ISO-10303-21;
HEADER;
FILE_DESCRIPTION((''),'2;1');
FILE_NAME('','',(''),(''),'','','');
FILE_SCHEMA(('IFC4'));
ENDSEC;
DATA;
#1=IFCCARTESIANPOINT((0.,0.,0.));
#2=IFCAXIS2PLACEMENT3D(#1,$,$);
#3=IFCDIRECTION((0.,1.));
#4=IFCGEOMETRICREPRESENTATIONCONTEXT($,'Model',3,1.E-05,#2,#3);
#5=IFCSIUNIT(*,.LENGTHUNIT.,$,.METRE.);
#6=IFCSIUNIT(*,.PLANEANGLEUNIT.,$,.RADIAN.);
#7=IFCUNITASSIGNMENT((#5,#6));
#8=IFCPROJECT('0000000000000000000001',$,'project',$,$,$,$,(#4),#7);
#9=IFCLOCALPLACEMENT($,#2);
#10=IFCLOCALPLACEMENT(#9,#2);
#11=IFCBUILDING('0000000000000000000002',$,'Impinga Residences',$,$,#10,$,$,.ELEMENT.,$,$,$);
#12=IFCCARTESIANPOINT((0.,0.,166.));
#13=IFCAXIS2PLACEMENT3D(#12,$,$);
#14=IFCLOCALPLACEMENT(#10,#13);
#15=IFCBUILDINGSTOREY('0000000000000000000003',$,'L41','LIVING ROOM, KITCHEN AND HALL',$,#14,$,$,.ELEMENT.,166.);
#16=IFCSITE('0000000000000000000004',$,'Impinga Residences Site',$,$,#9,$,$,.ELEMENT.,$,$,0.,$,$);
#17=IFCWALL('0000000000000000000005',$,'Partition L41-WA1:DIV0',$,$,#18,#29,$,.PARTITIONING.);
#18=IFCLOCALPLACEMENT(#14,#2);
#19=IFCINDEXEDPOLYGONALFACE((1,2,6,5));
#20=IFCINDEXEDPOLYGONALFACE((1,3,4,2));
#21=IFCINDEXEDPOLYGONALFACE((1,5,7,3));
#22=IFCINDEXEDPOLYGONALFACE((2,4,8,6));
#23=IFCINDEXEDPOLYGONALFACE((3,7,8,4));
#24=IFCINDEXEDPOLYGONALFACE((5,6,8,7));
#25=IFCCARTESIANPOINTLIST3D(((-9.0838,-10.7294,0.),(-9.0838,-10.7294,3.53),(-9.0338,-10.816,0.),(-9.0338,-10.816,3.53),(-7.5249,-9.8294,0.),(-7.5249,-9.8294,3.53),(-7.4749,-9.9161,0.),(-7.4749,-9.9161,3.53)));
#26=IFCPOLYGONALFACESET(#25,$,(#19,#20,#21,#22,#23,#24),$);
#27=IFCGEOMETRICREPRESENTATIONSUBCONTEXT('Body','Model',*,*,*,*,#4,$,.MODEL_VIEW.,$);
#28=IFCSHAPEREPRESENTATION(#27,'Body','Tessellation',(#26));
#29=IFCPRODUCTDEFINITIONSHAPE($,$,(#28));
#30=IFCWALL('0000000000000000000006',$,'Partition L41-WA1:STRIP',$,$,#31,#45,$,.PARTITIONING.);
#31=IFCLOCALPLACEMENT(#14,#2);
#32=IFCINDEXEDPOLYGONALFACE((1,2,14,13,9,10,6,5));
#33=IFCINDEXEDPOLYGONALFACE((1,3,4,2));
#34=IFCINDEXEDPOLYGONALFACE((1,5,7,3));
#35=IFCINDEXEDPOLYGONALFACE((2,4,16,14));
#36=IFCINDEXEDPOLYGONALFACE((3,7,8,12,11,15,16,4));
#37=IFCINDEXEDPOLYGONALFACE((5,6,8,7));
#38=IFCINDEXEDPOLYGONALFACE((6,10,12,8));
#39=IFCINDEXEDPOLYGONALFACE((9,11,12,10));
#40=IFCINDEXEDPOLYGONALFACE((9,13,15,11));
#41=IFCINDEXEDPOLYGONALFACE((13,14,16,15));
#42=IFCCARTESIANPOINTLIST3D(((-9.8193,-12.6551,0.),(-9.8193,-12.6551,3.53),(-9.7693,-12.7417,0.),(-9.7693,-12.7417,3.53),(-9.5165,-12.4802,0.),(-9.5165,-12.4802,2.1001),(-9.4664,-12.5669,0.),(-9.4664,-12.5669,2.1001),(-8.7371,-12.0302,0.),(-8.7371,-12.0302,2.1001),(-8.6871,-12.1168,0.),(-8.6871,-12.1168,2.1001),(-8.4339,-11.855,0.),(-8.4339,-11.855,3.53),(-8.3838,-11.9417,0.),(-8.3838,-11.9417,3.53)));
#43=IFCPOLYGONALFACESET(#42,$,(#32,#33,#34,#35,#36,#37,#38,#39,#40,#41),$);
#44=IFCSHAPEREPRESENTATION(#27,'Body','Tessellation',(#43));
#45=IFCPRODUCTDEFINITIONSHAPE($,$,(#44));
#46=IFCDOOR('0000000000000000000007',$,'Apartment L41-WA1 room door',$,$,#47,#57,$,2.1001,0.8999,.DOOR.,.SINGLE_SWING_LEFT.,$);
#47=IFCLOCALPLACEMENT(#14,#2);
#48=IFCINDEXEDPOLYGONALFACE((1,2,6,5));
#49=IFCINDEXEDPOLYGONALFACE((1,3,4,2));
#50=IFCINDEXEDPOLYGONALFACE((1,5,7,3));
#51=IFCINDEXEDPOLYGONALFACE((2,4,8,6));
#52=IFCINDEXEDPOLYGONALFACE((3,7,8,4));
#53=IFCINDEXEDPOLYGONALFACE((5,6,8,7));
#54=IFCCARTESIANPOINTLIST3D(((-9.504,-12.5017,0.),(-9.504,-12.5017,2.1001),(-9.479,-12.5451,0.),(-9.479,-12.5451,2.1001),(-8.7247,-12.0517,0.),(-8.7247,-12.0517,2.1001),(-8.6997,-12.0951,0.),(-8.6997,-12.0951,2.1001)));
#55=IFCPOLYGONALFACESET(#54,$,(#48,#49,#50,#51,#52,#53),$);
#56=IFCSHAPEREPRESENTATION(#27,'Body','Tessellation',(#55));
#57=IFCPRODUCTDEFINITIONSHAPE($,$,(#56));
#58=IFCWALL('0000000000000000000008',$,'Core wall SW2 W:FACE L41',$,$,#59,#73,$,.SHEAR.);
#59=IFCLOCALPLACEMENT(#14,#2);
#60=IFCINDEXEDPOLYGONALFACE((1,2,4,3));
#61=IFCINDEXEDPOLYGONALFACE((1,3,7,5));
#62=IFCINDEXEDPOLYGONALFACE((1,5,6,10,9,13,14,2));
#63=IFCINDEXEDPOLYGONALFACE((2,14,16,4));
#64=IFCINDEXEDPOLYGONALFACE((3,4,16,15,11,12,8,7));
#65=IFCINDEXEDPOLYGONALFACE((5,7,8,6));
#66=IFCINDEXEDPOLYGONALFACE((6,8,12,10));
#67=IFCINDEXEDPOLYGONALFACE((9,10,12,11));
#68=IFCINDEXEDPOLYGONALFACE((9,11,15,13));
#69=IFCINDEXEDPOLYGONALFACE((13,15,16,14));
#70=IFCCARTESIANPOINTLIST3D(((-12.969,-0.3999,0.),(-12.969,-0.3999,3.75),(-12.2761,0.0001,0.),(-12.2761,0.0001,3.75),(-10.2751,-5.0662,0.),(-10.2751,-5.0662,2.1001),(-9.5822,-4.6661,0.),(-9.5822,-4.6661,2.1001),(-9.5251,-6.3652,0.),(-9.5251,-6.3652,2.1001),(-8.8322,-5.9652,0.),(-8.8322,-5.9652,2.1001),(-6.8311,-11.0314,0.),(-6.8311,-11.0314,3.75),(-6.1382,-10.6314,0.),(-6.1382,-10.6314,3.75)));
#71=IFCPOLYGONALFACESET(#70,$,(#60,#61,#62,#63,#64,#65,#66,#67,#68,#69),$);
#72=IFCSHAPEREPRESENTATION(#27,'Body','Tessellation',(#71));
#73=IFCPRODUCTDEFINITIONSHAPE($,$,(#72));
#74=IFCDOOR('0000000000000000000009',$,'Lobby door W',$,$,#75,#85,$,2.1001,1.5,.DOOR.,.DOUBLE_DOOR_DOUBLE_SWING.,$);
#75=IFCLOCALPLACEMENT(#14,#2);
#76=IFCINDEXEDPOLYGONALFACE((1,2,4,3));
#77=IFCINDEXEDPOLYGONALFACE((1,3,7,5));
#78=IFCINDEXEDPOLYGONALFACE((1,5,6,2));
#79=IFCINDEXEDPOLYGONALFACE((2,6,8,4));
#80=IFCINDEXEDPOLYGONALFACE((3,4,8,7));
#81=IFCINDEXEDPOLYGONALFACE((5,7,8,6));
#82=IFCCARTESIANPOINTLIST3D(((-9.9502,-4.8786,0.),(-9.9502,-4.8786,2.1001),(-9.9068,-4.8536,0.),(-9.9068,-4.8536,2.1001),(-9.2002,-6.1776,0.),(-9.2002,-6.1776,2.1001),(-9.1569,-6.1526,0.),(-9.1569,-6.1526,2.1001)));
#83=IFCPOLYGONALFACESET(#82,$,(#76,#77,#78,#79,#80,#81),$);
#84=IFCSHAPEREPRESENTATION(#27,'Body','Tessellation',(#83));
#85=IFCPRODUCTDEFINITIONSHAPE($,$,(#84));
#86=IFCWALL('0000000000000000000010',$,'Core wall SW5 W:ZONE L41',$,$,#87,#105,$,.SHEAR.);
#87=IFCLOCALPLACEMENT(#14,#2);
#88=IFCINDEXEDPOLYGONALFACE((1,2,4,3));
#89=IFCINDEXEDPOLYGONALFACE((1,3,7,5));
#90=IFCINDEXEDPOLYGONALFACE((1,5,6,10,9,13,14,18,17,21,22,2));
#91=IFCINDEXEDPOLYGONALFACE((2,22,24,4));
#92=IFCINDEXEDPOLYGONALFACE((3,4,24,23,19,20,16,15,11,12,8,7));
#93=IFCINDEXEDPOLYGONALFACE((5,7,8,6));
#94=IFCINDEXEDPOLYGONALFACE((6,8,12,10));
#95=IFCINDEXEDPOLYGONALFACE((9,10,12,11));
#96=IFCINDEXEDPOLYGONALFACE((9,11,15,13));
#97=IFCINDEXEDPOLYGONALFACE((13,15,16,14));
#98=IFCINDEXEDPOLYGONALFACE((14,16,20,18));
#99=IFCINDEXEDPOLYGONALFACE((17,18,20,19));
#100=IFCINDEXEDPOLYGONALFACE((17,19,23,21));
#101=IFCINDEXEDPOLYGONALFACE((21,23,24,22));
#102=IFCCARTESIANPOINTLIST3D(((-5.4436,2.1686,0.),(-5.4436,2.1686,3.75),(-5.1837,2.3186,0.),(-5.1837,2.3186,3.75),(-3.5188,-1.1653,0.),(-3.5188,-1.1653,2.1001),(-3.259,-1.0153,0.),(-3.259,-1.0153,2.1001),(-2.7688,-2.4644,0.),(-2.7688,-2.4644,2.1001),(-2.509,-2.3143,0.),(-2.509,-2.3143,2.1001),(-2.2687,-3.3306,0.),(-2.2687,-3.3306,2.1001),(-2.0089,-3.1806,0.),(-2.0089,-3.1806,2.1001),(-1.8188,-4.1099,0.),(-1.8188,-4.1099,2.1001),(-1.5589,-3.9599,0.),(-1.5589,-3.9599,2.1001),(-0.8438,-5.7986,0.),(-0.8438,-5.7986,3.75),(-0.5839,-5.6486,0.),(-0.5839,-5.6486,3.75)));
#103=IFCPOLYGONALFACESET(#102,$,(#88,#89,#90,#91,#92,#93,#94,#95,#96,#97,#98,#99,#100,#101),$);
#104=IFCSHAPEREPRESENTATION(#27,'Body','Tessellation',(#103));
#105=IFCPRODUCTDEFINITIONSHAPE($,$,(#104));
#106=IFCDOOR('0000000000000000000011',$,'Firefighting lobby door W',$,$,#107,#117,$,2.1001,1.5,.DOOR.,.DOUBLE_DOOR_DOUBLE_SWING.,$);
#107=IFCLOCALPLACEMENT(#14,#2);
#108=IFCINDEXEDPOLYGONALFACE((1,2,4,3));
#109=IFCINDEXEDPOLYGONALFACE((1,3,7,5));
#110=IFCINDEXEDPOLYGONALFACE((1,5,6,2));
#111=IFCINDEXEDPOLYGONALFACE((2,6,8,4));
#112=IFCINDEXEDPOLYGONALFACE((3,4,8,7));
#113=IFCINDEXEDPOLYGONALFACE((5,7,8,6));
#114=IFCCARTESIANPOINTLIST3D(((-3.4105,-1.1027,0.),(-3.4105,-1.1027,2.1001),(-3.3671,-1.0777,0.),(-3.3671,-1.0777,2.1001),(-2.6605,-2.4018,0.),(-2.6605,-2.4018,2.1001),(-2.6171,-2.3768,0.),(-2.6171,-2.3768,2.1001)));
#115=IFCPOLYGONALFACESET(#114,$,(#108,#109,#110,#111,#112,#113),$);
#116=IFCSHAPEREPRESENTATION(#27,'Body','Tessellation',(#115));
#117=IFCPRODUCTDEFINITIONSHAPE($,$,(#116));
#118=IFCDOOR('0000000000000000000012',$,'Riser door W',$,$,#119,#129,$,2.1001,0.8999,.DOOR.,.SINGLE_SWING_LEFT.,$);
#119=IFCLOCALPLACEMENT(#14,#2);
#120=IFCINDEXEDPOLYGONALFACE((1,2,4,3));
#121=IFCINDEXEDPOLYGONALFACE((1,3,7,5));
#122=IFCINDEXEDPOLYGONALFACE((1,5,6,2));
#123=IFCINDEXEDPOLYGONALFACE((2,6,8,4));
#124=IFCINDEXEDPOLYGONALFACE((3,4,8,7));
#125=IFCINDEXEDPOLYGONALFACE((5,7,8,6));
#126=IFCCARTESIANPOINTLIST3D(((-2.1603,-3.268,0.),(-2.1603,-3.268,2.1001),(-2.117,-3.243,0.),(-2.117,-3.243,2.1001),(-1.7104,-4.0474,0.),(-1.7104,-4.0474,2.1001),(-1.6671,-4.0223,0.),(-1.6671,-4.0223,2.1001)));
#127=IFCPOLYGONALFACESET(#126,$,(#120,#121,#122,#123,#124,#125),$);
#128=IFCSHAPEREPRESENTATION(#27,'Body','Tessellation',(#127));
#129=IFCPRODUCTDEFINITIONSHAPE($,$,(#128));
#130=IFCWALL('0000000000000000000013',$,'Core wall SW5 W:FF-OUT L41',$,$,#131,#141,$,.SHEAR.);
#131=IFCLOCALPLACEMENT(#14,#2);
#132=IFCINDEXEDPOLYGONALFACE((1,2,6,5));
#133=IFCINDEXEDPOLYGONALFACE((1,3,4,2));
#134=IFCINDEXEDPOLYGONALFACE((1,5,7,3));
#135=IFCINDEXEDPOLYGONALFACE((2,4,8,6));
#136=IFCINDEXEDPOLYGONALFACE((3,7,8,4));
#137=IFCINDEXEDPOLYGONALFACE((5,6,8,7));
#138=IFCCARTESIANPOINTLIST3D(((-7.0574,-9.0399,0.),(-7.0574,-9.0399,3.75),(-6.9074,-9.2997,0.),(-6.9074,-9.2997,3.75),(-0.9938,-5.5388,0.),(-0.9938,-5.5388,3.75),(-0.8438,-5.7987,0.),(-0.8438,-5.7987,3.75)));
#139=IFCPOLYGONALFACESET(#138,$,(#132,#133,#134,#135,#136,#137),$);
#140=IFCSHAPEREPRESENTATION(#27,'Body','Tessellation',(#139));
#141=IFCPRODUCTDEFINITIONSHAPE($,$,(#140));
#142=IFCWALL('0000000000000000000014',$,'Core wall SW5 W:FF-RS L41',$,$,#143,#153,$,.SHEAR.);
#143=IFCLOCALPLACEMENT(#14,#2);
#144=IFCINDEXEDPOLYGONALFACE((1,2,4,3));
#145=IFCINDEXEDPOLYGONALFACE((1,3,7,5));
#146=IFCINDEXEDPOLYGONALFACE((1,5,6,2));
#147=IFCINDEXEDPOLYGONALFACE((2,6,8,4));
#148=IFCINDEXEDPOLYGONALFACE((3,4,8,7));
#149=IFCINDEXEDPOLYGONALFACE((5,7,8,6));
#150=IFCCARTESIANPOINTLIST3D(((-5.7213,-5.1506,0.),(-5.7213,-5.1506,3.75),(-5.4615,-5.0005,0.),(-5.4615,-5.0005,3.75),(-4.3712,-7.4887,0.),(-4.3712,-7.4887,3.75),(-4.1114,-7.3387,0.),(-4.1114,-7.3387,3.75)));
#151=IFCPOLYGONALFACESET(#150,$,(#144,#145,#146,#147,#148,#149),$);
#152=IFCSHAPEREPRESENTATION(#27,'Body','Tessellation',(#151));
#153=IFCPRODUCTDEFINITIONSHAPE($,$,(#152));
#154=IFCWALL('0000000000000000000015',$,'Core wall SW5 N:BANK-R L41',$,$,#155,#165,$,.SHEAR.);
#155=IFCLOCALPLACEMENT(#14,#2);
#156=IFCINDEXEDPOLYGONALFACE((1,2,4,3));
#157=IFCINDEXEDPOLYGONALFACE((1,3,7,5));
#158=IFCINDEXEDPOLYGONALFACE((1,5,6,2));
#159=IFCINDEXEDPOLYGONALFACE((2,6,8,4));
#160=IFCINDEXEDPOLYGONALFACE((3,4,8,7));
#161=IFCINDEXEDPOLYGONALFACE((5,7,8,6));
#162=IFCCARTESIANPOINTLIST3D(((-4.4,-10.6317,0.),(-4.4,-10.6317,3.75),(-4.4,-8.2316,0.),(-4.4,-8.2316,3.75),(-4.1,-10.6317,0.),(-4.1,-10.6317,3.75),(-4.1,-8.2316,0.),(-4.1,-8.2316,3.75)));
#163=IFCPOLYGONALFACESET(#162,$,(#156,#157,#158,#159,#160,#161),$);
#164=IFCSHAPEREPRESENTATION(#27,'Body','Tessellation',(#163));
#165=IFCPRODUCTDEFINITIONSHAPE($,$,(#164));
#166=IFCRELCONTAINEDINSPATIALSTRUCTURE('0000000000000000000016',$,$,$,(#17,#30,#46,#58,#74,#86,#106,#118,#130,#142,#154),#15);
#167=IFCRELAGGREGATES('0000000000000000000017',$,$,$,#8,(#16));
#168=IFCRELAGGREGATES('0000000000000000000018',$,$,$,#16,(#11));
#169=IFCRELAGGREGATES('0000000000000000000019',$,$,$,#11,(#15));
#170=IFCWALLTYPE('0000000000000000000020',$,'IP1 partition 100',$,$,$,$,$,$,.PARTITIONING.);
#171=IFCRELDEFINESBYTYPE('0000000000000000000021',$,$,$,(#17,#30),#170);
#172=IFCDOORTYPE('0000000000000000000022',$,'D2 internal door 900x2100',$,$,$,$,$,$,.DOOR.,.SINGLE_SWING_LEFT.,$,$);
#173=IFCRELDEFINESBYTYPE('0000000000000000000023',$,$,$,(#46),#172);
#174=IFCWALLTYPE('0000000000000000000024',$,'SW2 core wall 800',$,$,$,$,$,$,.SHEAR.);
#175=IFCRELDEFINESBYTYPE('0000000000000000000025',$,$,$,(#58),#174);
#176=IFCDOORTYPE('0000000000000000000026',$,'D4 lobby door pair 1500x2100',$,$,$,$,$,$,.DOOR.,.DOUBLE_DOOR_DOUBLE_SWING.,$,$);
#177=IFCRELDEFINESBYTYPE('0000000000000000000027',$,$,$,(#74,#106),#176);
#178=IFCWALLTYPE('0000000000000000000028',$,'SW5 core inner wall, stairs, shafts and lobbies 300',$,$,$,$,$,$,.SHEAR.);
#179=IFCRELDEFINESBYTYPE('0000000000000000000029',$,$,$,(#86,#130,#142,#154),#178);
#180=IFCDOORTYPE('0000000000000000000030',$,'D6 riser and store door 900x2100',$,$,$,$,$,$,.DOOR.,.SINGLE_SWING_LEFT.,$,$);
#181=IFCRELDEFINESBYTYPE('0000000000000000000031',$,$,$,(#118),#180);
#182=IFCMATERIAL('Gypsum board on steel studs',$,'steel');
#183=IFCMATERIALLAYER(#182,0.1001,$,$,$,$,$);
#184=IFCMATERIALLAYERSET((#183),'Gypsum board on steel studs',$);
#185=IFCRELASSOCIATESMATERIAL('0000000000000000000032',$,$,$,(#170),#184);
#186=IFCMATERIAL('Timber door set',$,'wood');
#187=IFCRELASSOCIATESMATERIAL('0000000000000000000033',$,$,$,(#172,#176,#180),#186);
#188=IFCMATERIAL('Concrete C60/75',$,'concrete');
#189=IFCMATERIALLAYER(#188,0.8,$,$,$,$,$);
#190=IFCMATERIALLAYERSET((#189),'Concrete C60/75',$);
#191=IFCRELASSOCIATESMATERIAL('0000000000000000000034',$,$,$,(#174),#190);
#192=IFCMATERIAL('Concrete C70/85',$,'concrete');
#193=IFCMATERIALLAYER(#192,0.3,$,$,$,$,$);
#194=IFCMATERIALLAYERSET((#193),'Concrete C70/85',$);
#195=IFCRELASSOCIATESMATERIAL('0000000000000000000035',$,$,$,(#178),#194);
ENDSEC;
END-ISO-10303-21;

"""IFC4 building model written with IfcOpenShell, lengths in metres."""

from ifc_helpers import new_model, si_unit, direction, frame, frame_2d, origin, place, context, subcontext, project, spatial, rectangle, extrude, material, layer, layer_set, type_object, element, fill, save


model = new_model("IFC4")

# Units and contexts
model_context = context("Model", 3, precision=1e-05, world=origin(), true_north=direction((0.0, 1.0)))
body_context = subcontext(model_context, "Body", "Model", "MODEL_VIEW")
ifc_project = project(units=[si_unit("LENGTHUNIT", "METRE"), si_unit("PLANEANGLEUNIT", "RADIAN")], contexts=[model_context])

# Site, building, storey
site_placement = place(None, origin())
site = spatial("IfcSite", under=ifc_project, at=site_placement, Name="Impinga Residences Site", CompositionType="ELEMENT", RefElevation=0.0)
building_placement = place(site_placement, origin())
building = spatial("IfcBuilding", under=site, at=building_placement, Name="Impinga Residences", CompositionType="ELEMENT")
storey_placement = place(building_placement, frame((0.0, 0.0, 166.0)))
storey = spatial("IfcBuildingStorey", under=building, at=storey_placement, Name="L41", Description="LIVING ROOM, KITCHEN AND HALL", CompositionType="ELEMENT", Elevation=166.0)

# Shared definitions
ifc_material_1 = material(Name="Concrete C60/75", Category="concrete")

# Wall
ifc_material_2 = material(Name="Gypsum board on steel studs", Category="steel")
ifc_layer_1 = layer(ifc_material_2, 0.1001)
ifc_layer_set_1 = layer_set([ifc_layer_1], Name="Gypsum board on steel studs")
wall_type_1 = type_object("IfcWallType", Name="IP1 partition 100", PredefinedType="PARTITIONING", material=ifc_layer_set_1)
wall_1_placement = place(storey_placement, frame((-7.5, -9.8728, 0.0), z_axis=(0.0, 0.0, 1.0), x_axis=(-0.866048, -0.499961, 0.0)))
element("IfcWall", 1, at=wall_1_placement, inside=storey, type_object=wall_type_1, Name="Partition L41-WA1:DIV0", PredefinedType="PARTITIONING", context=body_context, shape_type="SweptSolid", body=[
    extrude(rectangle(XDim=1.8, YDim=0.1001, at=frame_2d((0.8999, 0.0))), origin(), (0.0, 0.0, 1.0), 3.53),
])

# Walls, openings, doors
wall_2_placement = place(storey_placement, frame((-8.4089, -11.8984, 0.0), z_axis=(0.0, 0.0, 1.0), x_axis=(-0.86599, -0.500061, 0.0)))
wall_2 = element("IfcWall", 2, at=wall_2_placement, inside=storey, type_object=wall_type_1, Name="Partition L41-WA1:STRIP", PredefinedType="PARTITIONING", context=body_context, shape_type="SweptSolid", body=[
    extrude(rectangle(XDim=1.5999, YDim=0.1001, at=frame_2d((0.7998, 0.0))), origin(), (0.0, 0.0, 1.0), 3.53),
])
opening_1_placement = place(wall_2_placement, frame((0.3501, 0.0, 0.0)))
opening_1 = element("IfcOpeningElement", 3, at=opening_1_placement, cuts=wall_2, PredefinedType="OPENING", context=body_context, shape_type="SweptSolid", body=[
    extrude(rectangle(XDim=0.8999, YDim=2.1001, at=frame_2d((0.45, 1.05))), frame((0.0, 0.0601, 0.0), z_axis=(0.0, -1.0, 0.0), x_axis=(1.0, 0.0, 0.0)), (0.0, 0.0, 1.0), 0.1201),
])
ifc_material_3 = material(Name="Timber door set", Category="wood")
door_type_1 = type_object("IfcDoorType", Name="D2 internal door 900x2100", OperationType="SINGLE_SWING_LEFT", PredefinedType="DOOR", material=ifc_material_3)
door_1_placement = place(opening_1_placement, origin())
door_1 = element("IfcDoor", 4, at=door_1_placement, inside=storey, type_object=door_type_1, Name="Apartment L41-WA1 room door", OperationType="SINGLE_SWING_LEFT", OverallHeight=2.1001, OverallWidth=0.8999, PredefinedType="DOOR", context=body_context, shape_type="SweptSolid", body=[
    extrude(rectangle(XDim=0.8999, YDim=2.1001, at=frame_2d((0.45, 1.05))), frame((0.0, 0.0249, 0.0), z_axis=(0.0, -1.0, 0.0), x_axis=(1.0, 0.0, 0.0)), (0.0, 0.0, 1.0), 0.05),
])
fill(opening_1, door_1)
ifc_layer_2 = layer(ifc_material_1, 0.8)
ifc_layer_set_2 = layer_set([ifc_layer_2], Name="Concrete C60/75")
wall_type_2 = type_object("IfcWallType", Name="SW2 core wall 800", PredefinedType="SHEAR", material=ifc_layer_set_2)
wall_3_placement = place(storey_placement, frame((-6.4846, -10.8315, 0.0), z_axis=(0.0, 0.0, 1.0), x_axis=(-0.499987, 0.866033, 0.0)))
wall_3 = element("IfcWall", 5, at=wall_3_placement, inside=storey, type_object=wall_type_2, Name="Core wall SW2 W:FACE L41", PredefinedType="SHEAR", context=body_context, shape_type="SweptSolid", body=[
    extrude(rectangle(XDim=12.2761, YDim=0.8, at=frame_2d((6.1382, 0.0))), origin(), (0.0, 0.0, 1.0), 3.75),
])
opening_2_placement = place(wall_3_placement, frame((5.3882, 0.0, 0.0)))
opening_2 = element("IfcOpeningElement", 6, at=opening_2_placement, cuts=wall_3, PredefinedType="OPENING", context=body_context, shape_type="SweptSolid", body=[
    extrude(rectangle(XDim=1.5, YDim=2.1001, at=frame_2d((0.75, 1.05))), frame((0.0, 0.4099, 0.0), z_axis=(0.0, -1.0, 0.0), x_axis=(1.0, 0.0, 0.0)), (0.0, 0.0, 1.0), 0.8201),
])
door_type_2 = type_object("IfcDoorType", Name="D4 lobby door pair 1500x2100", OperationType="DOUBLE_DOOR_DOUBLE_SWING", PredefinedType="DOOR", material=ifc_material_3)
door_2_placement = place(opening_2_placement, origin())
door_2 = element("IfcDoor", 7, at=door_2_placement, inside=storey, type_object=door_type_2, Name="Lobby door W", OperationType="DOUBLE_DOOR_DOUBLE_SWING", OverallHeight=2.1001, OverallWidth=1.5, PredefinedType="DOOR", context=body_context, shape_type="SweptSolid", body=[
    extrude(rectangle(XDim=1.5, YDim=2.1001, at=frame_2d((0.75, 1.05))), frame((0.0, 0.0249, 0.0), z_axis=(0.0, -1.0, 0.0), x_axis=(1.0, 0.0, 0.0)), (0.0, 0.0, 1.0), 0.05),
])
fill(opening_2, door_2)

# Wall, openings, doors
ifc_material_4 = material(Name="Concrete C70/85", Category="concrete")
ifc_layer_3 = layer(ifc_material_4, 0.3)
ifc_layer_set_3 = layer_set([ifc_layer_3], Name="Concrete C70/85")
wall_type_3 = type_object("IfcWallType", Name="SW5 core inner wall, stairs, shafts and lobbies 300", PredefinedType="SHEAR", material=ifc_layer_set_3)
wall_4_placement = place(storey_placement, frame((-0.7139, -5.7236, 0.0), z_axis=(0.0, 0.0, 1.0), x_axis=(-0.499995, 0.866028, 0.0)))
wall_4 = element("IfcWall", 8, at=wall_4_placement, inside=storey, type_object=wall_type_3, Name="Core wall SW5 W:ZONE L41", PredefinedType="SHEAR", context=body_context, shape_type="SweptSolid", body=[
    extrude(rectangle(XDim=9.1997, YDim=0.3, at=frame_2d((4.5999, 0.0))), origin(), (0.0, 0.0, 1.0), 3.75),
])
opening_3_placement = place(wall_4_placement, frame((3.8501, 0.0, 0.0)))
opening_3 = element("IfcOpeningElement", 9, at=opening_3_placement, cuts=wall_4, PredefinedType="OPENING", context=body_context, shape_type="SweptSolid", body=[
    extrude(rectangle(XDim=1.5, YDim=2.1001, at=frame_2d((0.75, 1.05))), frame((0.0, 0.1599, 0.0), z_axis=(0.0, -1.0, 0.0), x_axis=(1.0, 0.0, 0.0)), (0.0, 0.0, 1.0), 0.3201),
])
opening_4_placement = place(wall_4_placement, frame((1.95, 0.0, 0.0)))
opening_4 = element("IfcOpeningElement", 10, at=opening_4_placement, cuts=wall_4, PredefinedType="OPENING", context=body_context, shape_type="SweptSolid", body=[
    extrude(rectangle(XDim=0.8999, YDim=2.1001, at=frame_2d((0.45, 1.05))), frame((0.0, 0.1599, 0.0), z_axis=(0.0, -1.0, 0.0), x_axis=(1.0, 0.0, 0.0)), (0.0, 0.0, 1.0), 0.3201),
])
door_3_placement = place(opening_3_placement, origin())
door_3 = element("IfcDoor", 11, at=door_3_placement, inside=storey, type_object=door_type_2, Name="Firefighting lobby door W", OperationType="DOUBLE_DOOR_DOUBLE_SWING", OverallHeight=2.1001, OverallWidth=1.5, PredefinedType="DOOR", context=body_context, shape_type="SweptSolid", body=[
    extrude(rectangle(XDim=1.5, YDim=2.1001, at=frame_2d((0.75, 1.05))), frame((0.0, 0.0249, 0.0), z_axis=(0.0, -1.0, 0.0), x_axis=(1.0, 0.0, 0.0)), (0.0, 0.0, 1.0), 0.05),
])
fill(opening_3, door_3)
door_type_3 = type_object("IfcDoorType", Name="D6 riser and store door 900x2100", OperationType="SINGLE_SWING_LEFT", PredefinedType="DOOR", material=ifc_material_3)
door_4_placement = place(opening_4_placement, origin())
door_4 = element("IfcDoor", 12, at=door_4_placement, inside=storey, type_object=door_type_3, Name="Riser door W", OperationType="SINGLE_SWING_LEFT", OverallHeight=2.1001, OverallWidth=0.8999, PredefinedType="DOOR", context=body_context, shape_type="SweptSolid", body=[
    extrude(rectangle(XDim=0.8999, YDim=2.1001, at=frame_2d((0.45, 1.05))), frame((0.0, 0.0249, 0.0), z_axis=(0.0, -1.0, 0.0), x_axis=(1.0, 0.0, 0.0)), (0.0, 0.0, 1.0), 0.05),
])
fill(opening_4, door_4)

# Walls
wall_5_placement = place(storey_placement, frame((-0.9187, -5.6687, 0.0), z_axis=(0.0, 0.0, 1.0), x_axis=(-0.866011, -0.500024, 0.0)))
element("IfcWall", 13, at=wall_5_placement, inside=storey, type_object=wall_type_3, Name="Core wall SW5 W:FF-OUT L41", PredefinedType="SHEAR", context=body_context, shape_type="SweptSolid", body=[
    extrude(rectangle(XDim=7.0017, YDim=0.3, at=frame_2d((3.501, 0.0))), origin(), (0.0, 0.0, 1.0), 3.75),
])
wall_6_placement = place(storey_placement, frame((-4.2412, -7.4138, 0.0), z_axis=(0.0, 0.0, 1.0), x_axis=(-0.500049, 0.865997, 0.0)))
element("IfcWall", 14, at=wall_6_placement, inside=storey, type_object=wall_type_3, Name="Core wall SW5 W:FF-RS L41", PredefinedType="SHEAR", context=body_context, shape_type="SweptSolid", body=[
    extrude(rectangle(XDim=2.7, YDim=0.3, at=frame_2d((1.3501, 0.0))), origin(), (0.0, 0.0, 1.0), 3.75),
])
wall_7_placement = place(storey_placement, frame((-4.25, -8.2314, 0.0), z_axis=(0.0, 0.0, 1.0), x_axis=(0.0, -1.0, 0.0)))
element("IfcWall", 15, at=wall_7_placement, inside=storey, type_object=wall_type_3, Name="Core wall SW5 N:BANK-R L41", PredefinedType="SHEAR", context=body_context, shape_type="SweptSolid", body=[
    extrude(rectangle(XDim=2.4001, YDim=0.3, at=frame_2d((1.2002, 0.0))), origin(), (0.0, 0.0, 1.0), 3.75),
])

save(model, "model.ifc")
